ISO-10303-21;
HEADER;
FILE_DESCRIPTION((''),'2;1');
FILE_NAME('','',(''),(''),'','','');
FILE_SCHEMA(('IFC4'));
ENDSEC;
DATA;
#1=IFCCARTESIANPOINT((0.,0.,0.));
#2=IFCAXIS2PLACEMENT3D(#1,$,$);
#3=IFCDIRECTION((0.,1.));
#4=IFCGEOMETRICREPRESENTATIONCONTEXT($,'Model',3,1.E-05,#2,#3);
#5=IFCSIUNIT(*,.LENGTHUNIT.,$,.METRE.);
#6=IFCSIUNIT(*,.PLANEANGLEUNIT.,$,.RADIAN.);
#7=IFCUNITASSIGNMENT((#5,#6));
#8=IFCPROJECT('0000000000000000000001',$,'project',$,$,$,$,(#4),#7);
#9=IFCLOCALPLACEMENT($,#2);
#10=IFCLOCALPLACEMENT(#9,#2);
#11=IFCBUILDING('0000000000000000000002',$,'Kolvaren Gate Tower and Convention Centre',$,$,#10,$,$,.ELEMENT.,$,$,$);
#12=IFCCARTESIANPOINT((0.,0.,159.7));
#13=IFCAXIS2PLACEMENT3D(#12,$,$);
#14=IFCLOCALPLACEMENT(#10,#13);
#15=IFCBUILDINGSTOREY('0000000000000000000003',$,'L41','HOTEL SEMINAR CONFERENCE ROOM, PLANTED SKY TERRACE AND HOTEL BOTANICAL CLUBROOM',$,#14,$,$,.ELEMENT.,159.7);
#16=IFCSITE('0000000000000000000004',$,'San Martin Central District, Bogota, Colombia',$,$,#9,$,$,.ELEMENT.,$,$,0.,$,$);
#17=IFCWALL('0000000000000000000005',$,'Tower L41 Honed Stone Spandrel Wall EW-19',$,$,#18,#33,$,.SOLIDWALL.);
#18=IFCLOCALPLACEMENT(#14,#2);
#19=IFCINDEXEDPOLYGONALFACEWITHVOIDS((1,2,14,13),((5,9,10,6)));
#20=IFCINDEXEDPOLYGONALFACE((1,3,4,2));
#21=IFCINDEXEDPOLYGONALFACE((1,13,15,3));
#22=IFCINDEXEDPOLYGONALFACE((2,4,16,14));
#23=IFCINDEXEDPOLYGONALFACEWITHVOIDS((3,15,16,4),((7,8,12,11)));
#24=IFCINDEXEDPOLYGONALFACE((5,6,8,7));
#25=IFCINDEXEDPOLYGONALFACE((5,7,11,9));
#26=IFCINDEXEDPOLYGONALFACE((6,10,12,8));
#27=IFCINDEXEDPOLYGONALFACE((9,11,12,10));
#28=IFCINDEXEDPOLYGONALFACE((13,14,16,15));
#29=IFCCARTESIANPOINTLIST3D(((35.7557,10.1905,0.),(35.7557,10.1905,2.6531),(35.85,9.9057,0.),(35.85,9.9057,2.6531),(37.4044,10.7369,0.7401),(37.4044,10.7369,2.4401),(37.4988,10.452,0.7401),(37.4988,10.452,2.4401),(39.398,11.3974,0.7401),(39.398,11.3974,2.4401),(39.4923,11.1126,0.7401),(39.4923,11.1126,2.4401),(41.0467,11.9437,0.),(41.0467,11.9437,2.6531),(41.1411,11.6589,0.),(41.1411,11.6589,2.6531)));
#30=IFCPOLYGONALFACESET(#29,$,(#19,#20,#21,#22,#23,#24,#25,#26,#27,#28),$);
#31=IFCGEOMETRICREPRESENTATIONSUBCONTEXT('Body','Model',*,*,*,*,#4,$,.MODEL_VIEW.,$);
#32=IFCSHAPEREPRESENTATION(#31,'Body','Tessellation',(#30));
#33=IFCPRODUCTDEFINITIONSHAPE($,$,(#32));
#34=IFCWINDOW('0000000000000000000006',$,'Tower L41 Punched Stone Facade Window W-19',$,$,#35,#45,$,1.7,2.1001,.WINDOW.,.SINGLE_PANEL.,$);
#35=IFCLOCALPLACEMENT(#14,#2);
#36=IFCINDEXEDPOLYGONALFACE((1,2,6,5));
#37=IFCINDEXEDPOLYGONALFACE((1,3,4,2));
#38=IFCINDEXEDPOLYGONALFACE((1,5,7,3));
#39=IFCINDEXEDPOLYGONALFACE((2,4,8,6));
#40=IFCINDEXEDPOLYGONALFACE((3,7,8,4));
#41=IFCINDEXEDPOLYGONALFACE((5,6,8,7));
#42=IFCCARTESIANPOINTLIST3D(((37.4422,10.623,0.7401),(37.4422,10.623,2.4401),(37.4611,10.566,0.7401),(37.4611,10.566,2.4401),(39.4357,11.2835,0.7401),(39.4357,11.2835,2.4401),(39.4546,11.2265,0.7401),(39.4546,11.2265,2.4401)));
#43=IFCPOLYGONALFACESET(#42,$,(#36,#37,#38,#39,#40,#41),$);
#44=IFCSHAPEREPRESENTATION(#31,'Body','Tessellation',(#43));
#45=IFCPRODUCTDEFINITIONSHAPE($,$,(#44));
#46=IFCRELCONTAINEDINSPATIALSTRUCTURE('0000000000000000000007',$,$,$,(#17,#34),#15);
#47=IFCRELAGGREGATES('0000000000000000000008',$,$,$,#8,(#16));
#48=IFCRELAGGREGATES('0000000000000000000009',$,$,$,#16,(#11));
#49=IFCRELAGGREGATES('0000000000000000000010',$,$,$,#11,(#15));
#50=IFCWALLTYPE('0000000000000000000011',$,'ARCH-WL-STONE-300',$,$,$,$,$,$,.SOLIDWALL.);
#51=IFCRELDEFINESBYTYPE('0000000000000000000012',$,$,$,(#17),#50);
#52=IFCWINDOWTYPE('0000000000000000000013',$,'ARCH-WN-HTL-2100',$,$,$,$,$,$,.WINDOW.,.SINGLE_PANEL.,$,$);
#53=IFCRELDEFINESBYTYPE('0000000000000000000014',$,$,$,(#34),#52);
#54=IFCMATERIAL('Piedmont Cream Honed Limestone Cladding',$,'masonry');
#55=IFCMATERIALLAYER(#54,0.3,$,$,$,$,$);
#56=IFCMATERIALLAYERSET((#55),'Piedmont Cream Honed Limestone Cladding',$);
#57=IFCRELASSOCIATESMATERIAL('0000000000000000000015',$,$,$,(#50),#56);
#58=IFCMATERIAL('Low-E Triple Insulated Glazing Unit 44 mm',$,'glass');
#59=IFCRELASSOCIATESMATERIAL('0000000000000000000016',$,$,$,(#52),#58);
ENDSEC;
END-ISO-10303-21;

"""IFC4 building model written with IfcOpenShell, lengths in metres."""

from ifc_helpers import new_model, si_unit, direction, frame, frame_2d, origin, place, context, subcontext, project, spatial, rectangle, extrude, material, layer, layer_set, type_object, element, fill, save


model = new_model("IFC4")

# Units and contexts
model_context = context("Model", 3, precision=1e-05, world=origin(), true_north=direction((0.0, 1.0)))
body_context = subcontext(model_context, "Body", "Model", "MODEL_VIEW")
ifc_project = project(units=[si_unit("LENGTHUNIT", "METRE"), si_unit("PLANEANGLEUNIT", "RADIAN")], contexts=[model_context])

# Site, building, storey
site_placement = place(None, origin())
site = spatial("IfcSite", under=ifc_project, at=site_placement, Name="San Martin Central District, Bogota, Colombia", CompositionType="ELEMENT", RefElevation=0.0)
building_placement = place(site_placement, origin())
building = spatial("IfcBuilding", under=site, at=building_placement, Name="Kolvaren Gate Tower and Convention Centre", CompositionType="ELEMENT")
storey_placement = place(building_placement, frame((0.0, 0.0, 159.7)))
storey = spatial("IfcBuildingStorey", under=building, at=storey_placement, Name="L41", Description="HOTEL SEMINAR CONFERENCE ROOM, PLANTED SKY TERRACE AND HOTEL BOTANICAL CLUBROOM", CompositionType="ELEMENT", Elevation=159.7)

# Shared definitions
ifc_material_1 = material(Name="Piedmont Cream Honed Limestone Cladding", Category="masonry")

# Wall, opening, window
ifc_layer_1 = layer(ifc_material_1, 0.3)
ifc_layer_set_1 = layer_set([ifc_layer_1], Name="Piedmont Cream Honed Limestone Cladding")
wall_type_1 = type_object("IfcWallType", Name="ARCH-WL-STONE-300", PredefinedType="SOLIDWALL", material=ifc_layer_set_1)
ifc_material_2 = material(Name="Low-E Triple Insulated Glazing Unit 44 mm", Category="glass")
window_type = type_object("IfcWindowType", Name="ARCH-WN-HTL-2100", PartitioningType="SINGLE_PANEL", PredefinedType="WINDOW", material=ifc_material_2)
wall_1_placement = place(storey_placement, frame((35.8027, 10.0481, 0.0), z_axis=(0.0, 0.0, 1.0), x_axis=(0.949247, 0.314532, 0.0)))
wall_1 = element("IfcWall", 1, at=wall_1_placement, inside=storey, type_object=wall_type_1, Name="Tower L41 Honed Stone Spandrel Wall EW-19", PredefinedType="SOLIDWALL", context=body_context, shape_type="SweptSolid", body=[
    extrude(rectangle(XDim=5.574, YDim=0.3, at=frame_2d((2.7871, 0.0))), origin(), (0.0, 0.0, 1.0), 2.6531),
])
opening_1_placement = place(wall_1_placement, frame((1.7371, 0.0, 0.74)))
opening_1 = element("IfcOpeningElement", 2, at=opening_1_placement, cuts=wall_1, PredefinedType="OPENING", context=body_context, shape_type="SweptSolid", body=[
    extrude(rectangle(XDim=2.1001, YDim=1.7, at=frame_2d((1.05, 0.8501))), frame((0.0, 0.1599, 0.0), z_axis=(0.0, -1.0, 0.0), x_axis=(1.0, 0.0, 0.0)), (0.0, 0.0, 1.0), 0.3201),
])
window_1_placement = place(opening_1_placement, origin())
window_1 = element("IfcWindow", 3, at=window_1_placement, inside=storey, type_object=window_type, Name="Tower L41 Punched Stone Facade Window W-19", OverallHeight=1.7, OverallWidth=2.1001, PartitioningType="SINGLE_PANEL", PredefinedType="WINDOW", context=body_context, shape_type="SweptSolid", body=[
    extrude(rectangle(XDim=2.1001, YDim=1.7, at=frame_2d((1.05, 0.8501))), frame((0.0, 0.03, 0.0), z_axis=(0.0, -1.0, 0.0), x_axis=(1.0, 0.0, 0.0)), (0.0, 0.0, 1.0), 0.0601),
])
fill(opening_1, window_1)

save(model, "model.ifc")
